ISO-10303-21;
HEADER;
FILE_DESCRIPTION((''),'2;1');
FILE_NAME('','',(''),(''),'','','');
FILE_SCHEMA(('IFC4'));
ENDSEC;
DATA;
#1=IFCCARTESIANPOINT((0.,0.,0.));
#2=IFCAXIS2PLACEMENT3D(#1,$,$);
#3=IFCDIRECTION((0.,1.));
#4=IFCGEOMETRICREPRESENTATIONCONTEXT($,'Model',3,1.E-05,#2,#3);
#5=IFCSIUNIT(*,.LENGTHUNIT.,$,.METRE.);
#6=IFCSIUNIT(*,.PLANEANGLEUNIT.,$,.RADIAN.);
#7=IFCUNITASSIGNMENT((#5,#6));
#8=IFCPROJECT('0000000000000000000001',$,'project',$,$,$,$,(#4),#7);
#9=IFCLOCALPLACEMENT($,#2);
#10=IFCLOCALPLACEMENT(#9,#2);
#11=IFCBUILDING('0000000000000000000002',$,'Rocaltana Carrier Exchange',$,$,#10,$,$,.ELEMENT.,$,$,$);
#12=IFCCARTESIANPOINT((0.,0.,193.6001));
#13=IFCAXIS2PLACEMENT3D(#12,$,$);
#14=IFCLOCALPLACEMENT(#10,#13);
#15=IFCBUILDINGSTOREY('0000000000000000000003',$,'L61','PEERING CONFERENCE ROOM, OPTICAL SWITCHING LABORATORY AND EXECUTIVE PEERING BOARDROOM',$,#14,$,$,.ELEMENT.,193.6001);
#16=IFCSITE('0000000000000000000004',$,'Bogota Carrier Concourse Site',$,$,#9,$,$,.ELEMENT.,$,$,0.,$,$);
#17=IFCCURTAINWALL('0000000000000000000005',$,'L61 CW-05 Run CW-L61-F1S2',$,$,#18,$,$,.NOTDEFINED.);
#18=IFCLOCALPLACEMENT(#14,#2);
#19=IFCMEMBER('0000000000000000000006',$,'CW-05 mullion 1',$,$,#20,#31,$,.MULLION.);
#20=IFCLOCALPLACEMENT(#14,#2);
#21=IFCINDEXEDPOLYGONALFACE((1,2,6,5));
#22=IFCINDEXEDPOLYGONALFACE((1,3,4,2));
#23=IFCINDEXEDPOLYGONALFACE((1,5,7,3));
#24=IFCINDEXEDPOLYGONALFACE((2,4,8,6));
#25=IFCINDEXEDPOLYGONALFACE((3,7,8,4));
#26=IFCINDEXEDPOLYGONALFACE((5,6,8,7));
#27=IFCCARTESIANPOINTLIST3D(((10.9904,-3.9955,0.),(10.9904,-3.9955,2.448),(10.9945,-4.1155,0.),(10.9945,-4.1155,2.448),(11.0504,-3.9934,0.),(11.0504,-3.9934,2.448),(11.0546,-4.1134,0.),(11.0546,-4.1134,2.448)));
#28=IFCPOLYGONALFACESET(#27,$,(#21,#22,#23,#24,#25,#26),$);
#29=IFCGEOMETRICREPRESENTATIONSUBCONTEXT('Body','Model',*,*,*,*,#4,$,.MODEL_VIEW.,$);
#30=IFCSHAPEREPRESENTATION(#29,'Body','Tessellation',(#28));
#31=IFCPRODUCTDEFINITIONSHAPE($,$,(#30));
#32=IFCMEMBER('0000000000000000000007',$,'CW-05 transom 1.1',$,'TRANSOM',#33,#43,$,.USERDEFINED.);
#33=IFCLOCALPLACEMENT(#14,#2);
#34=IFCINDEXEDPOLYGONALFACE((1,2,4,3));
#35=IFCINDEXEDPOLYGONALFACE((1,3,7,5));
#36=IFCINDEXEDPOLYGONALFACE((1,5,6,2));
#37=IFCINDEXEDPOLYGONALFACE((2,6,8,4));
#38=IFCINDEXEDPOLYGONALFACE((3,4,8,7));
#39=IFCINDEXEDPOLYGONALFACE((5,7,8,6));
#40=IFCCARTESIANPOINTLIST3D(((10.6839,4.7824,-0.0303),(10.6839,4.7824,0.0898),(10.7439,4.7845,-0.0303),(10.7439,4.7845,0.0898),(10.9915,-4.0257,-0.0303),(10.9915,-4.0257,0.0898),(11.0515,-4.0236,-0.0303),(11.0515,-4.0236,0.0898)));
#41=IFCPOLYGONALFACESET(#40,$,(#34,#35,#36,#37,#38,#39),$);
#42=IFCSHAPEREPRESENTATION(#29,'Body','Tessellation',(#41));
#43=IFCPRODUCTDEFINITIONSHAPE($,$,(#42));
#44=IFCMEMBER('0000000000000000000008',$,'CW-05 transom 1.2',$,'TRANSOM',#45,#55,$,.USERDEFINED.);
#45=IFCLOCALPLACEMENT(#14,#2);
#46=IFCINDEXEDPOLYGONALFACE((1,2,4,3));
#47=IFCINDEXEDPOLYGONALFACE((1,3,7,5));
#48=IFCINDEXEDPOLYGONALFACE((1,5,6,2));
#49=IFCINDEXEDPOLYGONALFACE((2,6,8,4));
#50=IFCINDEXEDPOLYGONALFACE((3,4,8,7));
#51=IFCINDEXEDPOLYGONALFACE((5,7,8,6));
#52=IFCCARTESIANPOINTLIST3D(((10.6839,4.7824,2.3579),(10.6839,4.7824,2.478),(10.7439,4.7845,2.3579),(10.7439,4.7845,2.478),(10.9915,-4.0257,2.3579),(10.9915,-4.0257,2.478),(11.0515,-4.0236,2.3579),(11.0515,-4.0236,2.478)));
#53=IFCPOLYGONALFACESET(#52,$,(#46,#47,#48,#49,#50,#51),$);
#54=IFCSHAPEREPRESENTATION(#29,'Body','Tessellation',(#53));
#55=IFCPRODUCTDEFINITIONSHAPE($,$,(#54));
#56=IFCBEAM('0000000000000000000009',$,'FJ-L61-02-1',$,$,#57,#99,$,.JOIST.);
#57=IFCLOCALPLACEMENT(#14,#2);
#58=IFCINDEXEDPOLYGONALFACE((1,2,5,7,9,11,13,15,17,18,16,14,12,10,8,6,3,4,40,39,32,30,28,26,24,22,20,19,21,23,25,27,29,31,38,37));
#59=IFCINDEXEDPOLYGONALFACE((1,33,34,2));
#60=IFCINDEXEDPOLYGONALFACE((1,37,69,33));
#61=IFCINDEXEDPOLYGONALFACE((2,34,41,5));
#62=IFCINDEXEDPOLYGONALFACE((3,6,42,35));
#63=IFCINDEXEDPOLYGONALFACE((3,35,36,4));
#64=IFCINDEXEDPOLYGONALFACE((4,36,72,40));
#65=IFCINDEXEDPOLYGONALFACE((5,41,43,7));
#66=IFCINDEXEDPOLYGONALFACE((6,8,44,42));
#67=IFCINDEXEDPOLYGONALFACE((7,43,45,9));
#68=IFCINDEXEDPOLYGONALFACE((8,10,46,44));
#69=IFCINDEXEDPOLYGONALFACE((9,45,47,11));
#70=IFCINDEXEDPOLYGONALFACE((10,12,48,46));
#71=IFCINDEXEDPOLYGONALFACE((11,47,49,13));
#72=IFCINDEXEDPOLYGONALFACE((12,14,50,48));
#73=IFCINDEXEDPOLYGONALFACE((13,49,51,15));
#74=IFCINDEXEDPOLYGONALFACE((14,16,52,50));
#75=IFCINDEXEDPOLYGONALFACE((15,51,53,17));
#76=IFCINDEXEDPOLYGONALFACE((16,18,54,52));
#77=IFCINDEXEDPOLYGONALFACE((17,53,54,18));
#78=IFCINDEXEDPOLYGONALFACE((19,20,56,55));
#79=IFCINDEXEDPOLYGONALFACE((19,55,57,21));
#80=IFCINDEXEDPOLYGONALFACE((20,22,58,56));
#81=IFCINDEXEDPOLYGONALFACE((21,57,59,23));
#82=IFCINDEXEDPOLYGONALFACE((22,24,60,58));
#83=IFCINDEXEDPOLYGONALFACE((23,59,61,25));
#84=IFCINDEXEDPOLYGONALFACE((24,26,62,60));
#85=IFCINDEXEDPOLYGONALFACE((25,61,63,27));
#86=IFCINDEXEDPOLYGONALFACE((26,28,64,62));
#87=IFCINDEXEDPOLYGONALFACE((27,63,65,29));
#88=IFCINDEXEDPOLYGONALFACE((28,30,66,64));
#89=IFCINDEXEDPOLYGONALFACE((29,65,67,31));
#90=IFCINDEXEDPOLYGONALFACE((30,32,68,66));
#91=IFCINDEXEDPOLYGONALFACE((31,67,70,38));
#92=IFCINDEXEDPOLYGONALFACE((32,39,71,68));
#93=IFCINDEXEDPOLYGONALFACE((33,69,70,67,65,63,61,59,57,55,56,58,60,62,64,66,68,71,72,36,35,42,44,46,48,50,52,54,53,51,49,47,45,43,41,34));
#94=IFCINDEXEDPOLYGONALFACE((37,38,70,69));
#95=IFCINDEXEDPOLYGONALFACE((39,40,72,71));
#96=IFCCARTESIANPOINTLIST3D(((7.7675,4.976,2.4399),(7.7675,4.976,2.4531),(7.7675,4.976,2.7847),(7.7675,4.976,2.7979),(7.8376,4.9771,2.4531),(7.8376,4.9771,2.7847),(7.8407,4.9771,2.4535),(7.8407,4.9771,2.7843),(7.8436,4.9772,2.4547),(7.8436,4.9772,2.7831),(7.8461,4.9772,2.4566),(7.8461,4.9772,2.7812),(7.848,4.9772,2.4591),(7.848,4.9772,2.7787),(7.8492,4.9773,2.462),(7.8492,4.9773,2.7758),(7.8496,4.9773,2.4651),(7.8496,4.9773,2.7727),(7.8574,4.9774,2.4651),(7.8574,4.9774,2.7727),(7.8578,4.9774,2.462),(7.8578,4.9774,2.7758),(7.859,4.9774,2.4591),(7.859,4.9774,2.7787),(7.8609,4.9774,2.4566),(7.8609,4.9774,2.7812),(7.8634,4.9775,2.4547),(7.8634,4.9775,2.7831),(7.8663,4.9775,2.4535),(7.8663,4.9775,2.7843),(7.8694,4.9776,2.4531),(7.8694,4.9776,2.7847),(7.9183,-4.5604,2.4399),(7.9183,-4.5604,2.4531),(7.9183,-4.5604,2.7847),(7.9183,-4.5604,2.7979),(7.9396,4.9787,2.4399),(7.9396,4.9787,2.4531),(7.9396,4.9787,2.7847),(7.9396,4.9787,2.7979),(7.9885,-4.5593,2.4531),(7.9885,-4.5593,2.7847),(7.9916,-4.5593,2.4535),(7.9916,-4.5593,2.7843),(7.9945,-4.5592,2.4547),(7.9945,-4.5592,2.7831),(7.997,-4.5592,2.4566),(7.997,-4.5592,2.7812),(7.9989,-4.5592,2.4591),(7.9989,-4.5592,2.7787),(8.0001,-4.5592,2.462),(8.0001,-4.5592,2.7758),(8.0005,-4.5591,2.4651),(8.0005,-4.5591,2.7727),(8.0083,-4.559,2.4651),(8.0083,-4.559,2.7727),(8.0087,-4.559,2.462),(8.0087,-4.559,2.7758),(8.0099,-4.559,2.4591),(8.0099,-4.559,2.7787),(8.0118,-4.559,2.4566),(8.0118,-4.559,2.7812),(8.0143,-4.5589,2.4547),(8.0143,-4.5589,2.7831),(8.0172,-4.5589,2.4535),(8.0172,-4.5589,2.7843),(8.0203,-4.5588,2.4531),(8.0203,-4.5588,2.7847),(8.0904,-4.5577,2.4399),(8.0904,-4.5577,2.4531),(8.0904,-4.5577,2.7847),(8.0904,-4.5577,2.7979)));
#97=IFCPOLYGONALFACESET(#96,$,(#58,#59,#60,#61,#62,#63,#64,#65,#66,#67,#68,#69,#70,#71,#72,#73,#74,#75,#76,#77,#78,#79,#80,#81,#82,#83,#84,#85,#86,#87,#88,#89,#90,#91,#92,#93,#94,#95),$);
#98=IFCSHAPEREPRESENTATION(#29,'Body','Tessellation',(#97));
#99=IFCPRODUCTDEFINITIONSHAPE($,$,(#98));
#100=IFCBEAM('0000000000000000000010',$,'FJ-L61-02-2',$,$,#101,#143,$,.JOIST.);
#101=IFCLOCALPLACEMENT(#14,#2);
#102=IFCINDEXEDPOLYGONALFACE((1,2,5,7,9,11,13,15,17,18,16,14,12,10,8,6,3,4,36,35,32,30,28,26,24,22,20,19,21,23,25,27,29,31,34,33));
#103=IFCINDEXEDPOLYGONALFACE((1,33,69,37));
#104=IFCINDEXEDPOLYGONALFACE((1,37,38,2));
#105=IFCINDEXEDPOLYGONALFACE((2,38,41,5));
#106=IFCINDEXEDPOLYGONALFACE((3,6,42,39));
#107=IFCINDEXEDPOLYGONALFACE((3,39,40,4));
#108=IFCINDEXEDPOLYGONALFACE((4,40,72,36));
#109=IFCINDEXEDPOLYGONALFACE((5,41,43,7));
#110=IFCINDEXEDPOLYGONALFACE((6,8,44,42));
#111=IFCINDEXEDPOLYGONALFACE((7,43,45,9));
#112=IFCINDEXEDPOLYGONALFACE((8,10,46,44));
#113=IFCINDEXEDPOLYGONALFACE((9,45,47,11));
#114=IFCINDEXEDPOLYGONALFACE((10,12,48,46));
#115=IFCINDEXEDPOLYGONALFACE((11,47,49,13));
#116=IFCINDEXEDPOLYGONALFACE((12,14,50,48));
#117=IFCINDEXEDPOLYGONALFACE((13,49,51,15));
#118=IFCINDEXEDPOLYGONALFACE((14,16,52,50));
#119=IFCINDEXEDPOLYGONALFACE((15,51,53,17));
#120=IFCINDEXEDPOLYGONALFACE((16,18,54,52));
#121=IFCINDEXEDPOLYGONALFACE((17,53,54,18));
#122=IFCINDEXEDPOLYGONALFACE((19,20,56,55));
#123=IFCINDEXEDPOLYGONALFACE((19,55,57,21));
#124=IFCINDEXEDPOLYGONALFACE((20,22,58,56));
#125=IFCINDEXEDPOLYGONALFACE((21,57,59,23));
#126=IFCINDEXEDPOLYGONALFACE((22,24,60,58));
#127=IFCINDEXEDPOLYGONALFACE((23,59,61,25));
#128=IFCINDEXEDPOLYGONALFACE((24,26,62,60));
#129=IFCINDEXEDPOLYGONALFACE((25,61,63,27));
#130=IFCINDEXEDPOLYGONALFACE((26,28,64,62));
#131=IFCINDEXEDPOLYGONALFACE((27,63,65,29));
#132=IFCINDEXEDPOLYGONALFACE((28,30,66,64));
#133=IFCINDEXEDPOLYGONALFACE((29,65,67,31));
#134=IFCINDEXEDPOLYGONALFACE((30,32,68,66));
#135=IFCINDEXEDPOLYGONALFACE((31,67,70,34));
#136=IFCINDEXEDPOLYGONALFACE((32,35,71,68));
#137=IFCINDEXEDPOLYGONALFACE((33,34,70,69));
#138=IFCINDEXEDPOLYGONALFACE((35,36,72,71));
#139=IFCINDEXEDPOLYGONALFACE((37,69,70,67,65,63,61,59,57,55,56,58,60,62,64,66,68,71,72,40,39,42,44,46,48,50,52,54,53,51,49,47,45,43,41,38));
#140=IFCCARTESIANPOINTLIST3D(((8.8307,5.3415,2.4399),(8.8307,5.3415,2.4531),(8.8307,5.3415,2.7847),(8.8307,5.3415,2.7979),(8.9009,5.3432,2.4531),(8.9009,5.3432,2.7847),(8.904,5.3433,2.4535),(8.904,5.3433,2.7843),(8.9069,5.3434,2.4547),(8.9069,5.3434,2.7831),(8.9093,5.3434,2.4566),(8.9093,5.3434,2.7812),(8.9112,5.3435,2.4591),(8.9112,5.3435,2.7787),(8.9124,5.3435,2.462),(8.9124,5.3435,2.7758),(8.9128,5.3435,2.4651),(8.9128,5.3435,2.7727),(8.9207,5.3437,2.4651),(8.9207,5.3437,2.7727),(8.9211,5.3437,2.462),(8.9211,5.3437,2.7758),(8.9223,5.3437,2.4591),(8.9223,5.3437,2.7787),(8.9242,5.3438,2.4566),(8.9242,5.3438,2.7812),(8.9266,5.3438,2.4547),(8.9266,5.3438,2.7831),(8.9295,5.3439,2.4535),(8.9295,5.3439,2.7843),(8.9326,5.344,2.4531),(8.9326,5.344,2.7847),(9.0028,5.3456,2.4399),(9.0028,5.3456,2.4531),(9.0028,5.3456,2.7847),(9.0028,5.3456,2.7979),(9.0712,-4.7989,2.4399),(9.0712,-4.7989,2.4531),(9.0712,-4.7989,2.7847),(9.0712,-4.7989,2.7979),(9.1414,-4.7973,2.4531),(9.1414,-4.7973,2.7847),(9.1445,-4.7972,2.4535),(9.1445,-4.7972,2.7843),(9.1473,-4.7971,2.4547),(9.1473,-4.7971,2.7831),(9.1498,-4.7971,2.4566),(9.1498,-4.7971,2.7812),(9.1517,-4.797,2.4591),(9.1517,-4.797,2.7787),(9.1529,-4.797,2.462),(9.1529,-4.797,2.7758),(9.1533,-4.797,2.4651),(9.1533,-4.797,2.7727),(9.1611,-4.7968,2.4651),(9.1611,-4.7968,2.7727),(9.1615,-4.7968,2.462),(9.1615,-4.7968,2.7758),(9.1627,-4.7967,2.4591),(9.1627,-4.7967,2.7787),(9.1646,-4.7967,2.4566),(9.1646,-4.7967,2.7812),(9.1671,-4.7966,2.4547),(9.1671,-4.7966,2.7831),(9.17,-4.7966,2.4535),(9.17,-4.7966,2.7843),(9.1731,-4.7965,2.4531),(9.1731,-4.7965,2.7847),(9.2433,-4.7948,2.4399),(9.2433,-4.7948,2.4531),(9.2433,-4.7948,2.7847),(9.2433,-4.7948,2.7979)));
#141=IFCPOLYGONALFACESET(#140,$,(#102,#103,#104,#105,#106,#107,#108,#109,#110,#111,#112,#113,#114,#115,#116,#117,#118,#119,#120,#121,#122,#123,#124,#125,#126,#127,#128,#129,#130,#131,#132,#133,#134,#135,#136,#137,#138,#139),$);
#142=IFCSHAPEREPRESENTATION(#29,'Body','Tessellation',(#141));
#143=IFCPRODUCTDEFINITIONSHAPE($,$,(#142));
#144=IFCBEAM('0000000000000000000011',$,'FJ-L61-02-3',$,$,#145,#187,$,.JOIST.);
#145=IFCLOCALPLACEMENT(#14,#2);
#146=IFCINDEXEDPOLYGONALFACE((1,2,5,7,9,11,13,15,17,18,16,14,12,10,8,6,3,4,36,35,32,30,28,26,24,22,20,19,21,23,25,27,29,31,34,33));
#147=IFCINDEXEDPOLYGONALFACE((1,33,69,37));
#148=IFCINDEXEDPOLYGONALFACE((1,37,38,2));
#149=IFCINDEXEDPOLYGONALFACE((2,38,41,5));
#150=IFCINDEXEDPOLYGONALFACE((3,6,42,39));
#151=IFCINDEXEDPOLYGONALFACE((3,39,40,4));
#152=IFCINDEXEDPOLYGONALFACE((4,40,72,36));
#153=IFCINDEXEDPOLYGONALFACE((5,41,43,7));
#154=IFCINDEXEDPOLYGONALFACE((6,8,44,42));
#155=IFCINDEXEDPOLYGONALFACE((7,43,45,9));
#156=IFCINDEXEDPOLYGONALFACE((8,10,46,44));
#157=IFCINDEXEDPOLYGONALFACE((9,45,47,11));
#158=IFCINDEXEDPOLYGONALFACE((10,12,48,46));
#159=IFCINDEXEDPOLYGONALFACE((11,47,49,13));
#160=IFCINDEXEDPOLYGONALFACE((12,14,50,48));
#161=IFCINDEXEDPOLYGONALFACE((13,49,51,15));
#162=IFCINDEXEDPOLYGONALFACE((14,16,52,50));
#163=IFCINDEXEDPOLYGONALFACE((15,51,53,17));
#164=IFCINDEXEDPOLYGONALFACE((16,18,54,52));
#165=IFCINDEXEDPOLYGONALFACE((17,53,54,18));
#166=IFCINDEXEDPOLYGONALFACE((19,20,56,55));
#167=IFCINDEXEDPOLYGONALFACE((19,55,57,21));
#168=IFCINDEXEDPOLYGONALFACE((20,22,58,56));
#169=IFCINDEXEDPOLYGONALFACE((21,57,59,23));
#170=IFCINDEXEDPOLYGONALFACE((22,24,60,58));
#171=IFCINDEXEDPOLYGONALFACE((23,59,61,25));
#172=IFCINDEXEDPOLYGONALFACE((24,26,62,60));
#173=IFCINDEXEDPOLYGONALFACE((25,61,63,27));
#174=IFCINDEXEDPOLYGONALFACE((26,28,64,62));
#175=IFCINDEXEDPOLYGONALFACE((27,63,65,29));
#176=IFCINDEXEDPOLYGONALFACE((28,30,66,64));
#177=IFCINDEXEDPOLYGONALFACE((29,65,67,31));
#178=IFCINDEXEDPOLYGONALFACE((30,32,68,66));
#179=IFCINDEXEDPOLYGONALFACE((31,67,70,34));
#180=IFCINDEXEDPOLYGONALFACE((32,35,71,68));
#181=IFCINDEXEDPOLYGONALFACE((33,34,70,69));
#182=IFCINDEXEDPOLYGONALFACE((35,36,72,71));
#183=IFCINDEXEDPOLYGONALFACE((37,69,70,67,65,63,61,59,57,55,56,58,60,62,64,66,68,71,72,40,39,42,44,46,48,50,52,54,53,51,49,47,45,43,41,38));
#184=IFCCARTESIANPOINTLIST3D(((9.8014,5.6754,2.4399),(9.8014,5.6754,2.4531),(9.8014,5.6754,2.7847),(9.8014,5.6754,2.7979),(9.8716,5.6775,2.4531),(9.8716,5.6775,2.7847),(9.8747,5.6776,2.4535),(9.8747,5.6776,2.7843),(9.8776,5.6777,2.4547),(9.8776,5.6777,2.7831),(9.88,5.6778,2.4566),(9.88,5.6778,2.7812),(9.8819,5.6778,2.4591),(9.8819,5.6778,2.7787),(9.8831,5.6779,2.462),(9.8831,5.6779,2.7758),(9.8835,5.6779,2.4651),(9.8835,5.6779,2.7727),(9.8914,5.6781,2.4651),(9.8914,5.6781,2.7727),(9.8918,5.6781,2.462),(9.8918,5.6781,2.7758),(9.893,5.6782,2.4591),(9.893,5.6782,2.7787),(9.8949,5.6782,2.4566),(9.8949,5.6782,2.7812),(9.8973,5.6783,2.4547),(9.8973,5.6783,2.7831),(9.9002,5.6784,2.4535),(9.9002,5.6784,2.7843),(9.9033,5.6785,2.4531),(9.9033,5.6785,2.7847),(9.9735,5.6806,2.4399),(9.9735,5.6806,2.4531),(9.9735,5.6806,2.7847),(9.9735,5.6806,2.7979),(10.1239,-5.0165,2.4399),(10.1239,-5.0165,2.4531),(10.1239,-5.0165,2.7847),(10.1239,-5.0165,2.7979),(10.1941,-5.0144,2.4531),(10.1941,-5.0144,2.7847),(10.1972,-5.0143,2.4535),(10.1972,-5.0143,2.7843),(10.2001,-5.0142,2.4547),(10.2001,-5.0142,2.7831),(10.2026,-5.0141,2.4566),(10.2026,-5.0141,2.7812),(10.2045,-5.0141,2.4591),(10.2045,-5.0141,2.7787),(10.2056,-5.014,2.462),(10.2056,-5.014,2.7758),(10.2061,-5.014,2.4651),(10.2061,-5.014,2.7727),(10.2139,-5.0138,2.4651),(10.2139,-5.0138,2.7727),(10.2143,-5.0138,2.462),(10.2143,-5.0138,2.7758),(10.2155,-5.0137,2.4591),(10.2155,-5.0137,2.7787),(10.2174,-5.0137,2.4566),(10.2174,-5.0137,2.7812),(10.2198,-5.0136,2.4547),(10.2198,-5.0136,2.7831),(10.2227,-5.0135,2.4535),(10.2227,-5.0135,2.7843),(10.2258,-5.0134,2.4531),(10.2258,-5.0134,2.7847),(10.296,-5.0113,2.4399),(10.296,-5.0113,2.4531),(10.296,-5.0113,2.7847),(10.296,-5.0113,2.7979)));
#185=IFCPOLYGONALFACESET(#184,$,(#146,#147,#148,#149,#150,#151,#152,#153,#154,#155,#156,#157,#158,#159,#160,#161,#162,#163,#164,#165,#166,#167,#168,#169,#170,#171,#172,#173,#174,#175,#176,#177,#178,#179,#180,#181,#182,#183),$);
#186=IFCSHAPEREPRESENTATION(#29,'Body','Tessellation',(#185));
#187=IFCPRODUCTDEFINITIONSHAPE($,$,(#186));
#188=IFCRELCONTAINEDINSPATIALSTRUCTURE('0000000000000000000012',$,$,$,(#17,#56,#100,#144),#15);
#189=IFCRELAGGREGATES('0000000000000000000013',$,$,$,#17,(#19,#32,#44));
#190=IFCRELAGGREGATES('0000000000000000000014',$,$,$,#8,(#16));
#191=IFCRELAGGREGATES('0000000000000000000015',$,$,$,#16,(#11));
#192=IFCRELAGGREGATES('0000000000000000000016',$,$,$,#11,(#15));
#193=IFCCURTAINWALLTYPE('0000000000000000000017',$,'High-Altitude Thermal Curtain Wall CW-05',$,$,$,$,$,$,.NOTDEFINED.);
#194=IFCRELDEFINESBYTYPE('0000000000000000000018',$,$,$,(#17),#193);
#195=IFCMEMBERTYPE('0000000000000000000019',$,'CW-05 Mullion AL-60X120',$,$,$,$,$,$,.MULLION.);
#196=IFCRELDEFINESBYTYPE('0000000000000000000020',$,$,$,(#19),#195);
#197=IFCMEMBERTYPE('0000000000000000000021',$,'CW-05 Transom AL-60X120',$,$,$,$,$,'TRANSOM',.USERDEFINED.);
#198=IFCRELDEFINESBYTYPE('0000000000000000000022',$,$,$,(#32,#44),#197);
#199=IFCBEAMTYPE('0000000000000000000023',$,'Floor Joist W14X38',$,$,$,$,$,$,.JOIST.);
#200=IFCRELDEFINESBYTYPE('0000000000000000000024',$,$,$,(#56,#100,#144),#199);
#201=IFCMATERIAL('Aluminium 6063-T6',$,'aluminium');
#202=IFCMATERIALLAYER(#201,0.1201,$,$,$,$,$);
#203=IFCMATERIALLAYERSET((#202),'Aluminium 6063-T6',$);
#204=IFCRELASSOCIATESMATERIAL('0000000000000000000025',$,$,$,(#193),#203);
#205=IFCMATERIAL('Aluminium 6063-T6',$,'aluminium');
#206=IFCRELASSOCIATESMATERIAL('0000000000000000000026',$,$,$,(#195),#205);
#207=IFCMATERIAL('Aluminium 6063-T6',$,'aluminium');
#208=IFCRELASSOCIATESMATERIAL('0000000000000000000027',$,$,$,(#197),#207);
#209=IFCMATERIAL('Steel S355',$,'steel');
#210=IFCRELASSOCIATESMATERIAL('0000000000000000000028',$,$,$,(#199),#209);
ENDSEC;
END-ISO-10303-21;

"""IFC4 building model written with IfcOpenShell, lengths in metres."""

from ifc_helpers import new_model, si_unit, direction, frame, origin, origin_2d, place, context, subcontext, project, spatial, rectangle, i_section, extrude, material, layer, layer_set, material_profile, profile_set, type_object, element, aggregate, save


model = new_model("IFC4")

# Units and contexts
model_context = context("Model", 3, precision=1e-05, world=origin(), true_north=direction((0.0, 1.0)))
body_context = subcontext(model_context, "Body", "Model", "MODEL_VIEW")
ifc_project = project(units=[si_unit("LENGTHUNIT", "METRE"), si_unit("PLANEANGLEUNIT", "RADIAN")], contexts=[model_context])

# Site, building, storey
site_placement = place(None, origin())
site = spatial("IfcSite", under=ifc_project, at=site_placement, Name="Bogota Carrier Concourse Site", CompositionType="ELEMENT", RefElevation=0.0)
building_placement = place(site_placement, origin())
building = spatial("IfcBuilding", under=site, at=building_placement, Name="Rocaltana Carrier Exchange", CompositionType="ELEMENT")
storey_placement = place(building_placement, frame((0.0, 0.0, 193.6001)))
storey = spatial("IfcBuildingStorey", under=building, at=storey_placement, Name="L61", Description="PEERING CONFERENCE ROOM, OPTICAL SWITCHING LABORATORY AND EXECUTIVE PEERING BOARDROOM", CompositionType="ELEMENT", Elevation=193.6001)

# Curtain wall, members
ifc_material_1 = material(Name="Aluminium 6063-T6", Category="aluminium")
ifc_layer_1 = layer(ifc_material_1, 0.1201)
ifc_layer_set_1 = layer_set([ifc_layer_1], Name="Aluminium 6063-T6")
curtain_wall_type = type_object("IfcCurtainWallType", Name="High-Altitude Thermal Curtain Wall CW-05", PredefinedType="NOTDEFINED", material=ifc_layer_set_1)
curtain_wall_placement = place(storey_placement, origin())
curtain_wall = element("IfcCurtainWall", 1, at=curtain_wall_placement, inside=storey, type_object=curtain_wall_type, Name="L61 CW-05 Run CW-L61-F1S2", PredefinedType="NOTDEFINED")
ifc_material_2 = material(Name="Aluminium 6063-T6", Category="aluminium")
ifc_material_profile_1 = material_profile(ifc_material_2, rectangle(XDim=0.0601, YDim=0.1201, at=origin_2d()), Name="AL-60X120")
ifc_profile_set_1 = profile_set([ifc_material_profile_1], Name="Aluminium 6063-T6")
member_type_1 = type_object("IfcMemberType", Name="CW-05 Mullion AL-60X120", PredefinedType="MULLION", material=ifc_profile_set_1)
member_1_placement = place(storey_placement, frame((11.0225, -4.0544, 0.0), z_axis=(0.0, 0.0, 1.0), x_axis=(-0.999391, -0.034903, 0.0)))
member_1 = element("IfcMember", 2, at=member_1_placement, type_object=member_type_1, Name="CW-05 mullion 1", PredefinedType="MULLION", context=body_context, shape_type="SweptSolid", body=[
    extrude(rectangle(XDim=0.0601, YDim=0.1201, at=origin_2d()), origin(), (0.0, 0.0, 1.0), 2.448),
])
ifc_material_3 = material(Name="Aluminium 6063-T6", Category="aluminium")
ifc_material_profile_2 = material_profile(ifc_material_3, rectangle(XDim=0.0601, YDim=0.1201, at=origin_2d()), Name="AL-60X120")
ifc_profile_set_2 = profile_set([ifc_material_profile_2], Name="Aluminium 6063-T6")
member_type_2 = type_object("IfcMemberType", Name="CW-05 Transom AL-60X120", ElementType="TRANSOM", PredefinedType="USERDEFINED", material=ifc_profile_set_2)
member_2_placement = place(storey_placement, frame((11.0215, -4.0247, 0.0298), z_axis=(-0.034903, 0.999391, 0.0), x_axis=(-0.999391, -0.034903, 0.0)))
member_2 = element("IfcMember", 3, at=member_2_placement, type_object=member_type_2, Name="CW-05 transom 1.1", ObjectType="TRANSOM", PredefinedType="USERDEFINED", context=body_context, shape_type="SweptSolid", body=[
    extrude(rectangle(XDim=0.0601, YDim=0.1201, at=origin_2d()), origin(), (0.0, 0.0, 1.0), 8.8135),
])
member_3_placement = place(storey_placement, frame((11.0215, -4.0247, 2.418), z_axis=(-0.034903, 0.999391, 0.0), x_axis=(-0.999391, -0.034903, 0.0)))
member_3 = element("IfcMember", 4, at=member_3_placement, type_object=member_type_2, Name="CW-05 transom 1.2", ObjectType="TRANSOM", PredefinedType="USERDEFINED", context=body_context, shape_type="SweptSolid", body=[
    extrude(rectangle(XDim=0.0601, YDim=0.1201, at=origin_2d()), origin(), (0.0, 0.0, 1.0), 8.8135),
])
aggregate(curtain_wall, [member_1, member_2, member_3])

# Beams
ifc_material_4 = material(Name="Steel S355", Category="steel")
ifc_material_profile_3 = material_profile(ifc_material_4, i_section(OverallWidth=0.1721, OverallDepth=0.3579, WebThickness=0.0078, FlangeThickness=0.0132, FilletRadius=0.012, at=origin_2d()), Name="W14X38")
ifc_profile_set_3 = profile_set([ifc_material_profile_3], Name="Steel S355")
beam_type_1 = type_object("IfcBeamType", Name="Floor Joist W14X38", PredefinedType="JOIST", material=ifc_profile_set_3)
beam_1_placement = place(storey_placement, frame((8.0044, -4.5591, 2.6189), z_axis=(-0.015819, 0.999875, 0.0), x_axis=(-0.999875, -0.015819, 0.0)))
element("IfcBeam", 5, at=beam_1_placement, inside=storey, type_object=beam_type_1, Name="FJ-L61-02-1", PredefinedType="JOIST", context=body_context, shape_type="SweptSolid", body=[
    extrude(i_section(OverallWidth=0.1721, OverallDepth=0.3579, WebThickness=0.0078, FlangeThickness=0.0132, FilletRadius=0.012, at=origin_2d()), origin(), (0.0, 0.0, 1.0), 9.5376),
])
beam_2_placement = place(storey_placement, frame((9.1572, -4.7969, 2.6189), z_axis=(-0.023708, 0.999719, 0.0), x_axis=(-0.999719, -0.023708, 0.0)))
element("IfcBeam", 6, at=beam_2_placement, inside=storey, type_object=beam_type_1, Name="FJ-L61-02-2", PredefinedType="JOIST", context=body_context, shape_type="SweptSolid", body=[
    extrude(i_section(OverallWidth=0.1721, OverallDepth=0.3579, WebThickness=0.0078, FlangeThickness=0.0132, FilletRadius=0.012, at=origin_2d()), origin(), (0.0, 0.0, 1.0), 10.1433),
])
beam_3_placement = place(storey_placement, frame((10.21, -5.0139, 2.6189), z_axis=(-0.03015, 0.999545, 0.0), x_axis=(-0.999545, -0.03015, 0.0)))
element("IfcBeam", 7, at=beam_3_placement, inside=storey, type_object=beam_type_1, Name="FJ-L61-02-3", PredefinedType="JOIST", context=body_context, shape_type="SweptSolid", body=[
    extrude(i_section(OverallWidth=0.1721, OverallDepth=0.3579, WebThickness=0.0078, FlangeThickness=0.0132, FilletRadius=0.012, at=origin_2d()), origin(), (0.0, 0.0, 1.0), 10.6968),
])

save(model, "model.ifc")
